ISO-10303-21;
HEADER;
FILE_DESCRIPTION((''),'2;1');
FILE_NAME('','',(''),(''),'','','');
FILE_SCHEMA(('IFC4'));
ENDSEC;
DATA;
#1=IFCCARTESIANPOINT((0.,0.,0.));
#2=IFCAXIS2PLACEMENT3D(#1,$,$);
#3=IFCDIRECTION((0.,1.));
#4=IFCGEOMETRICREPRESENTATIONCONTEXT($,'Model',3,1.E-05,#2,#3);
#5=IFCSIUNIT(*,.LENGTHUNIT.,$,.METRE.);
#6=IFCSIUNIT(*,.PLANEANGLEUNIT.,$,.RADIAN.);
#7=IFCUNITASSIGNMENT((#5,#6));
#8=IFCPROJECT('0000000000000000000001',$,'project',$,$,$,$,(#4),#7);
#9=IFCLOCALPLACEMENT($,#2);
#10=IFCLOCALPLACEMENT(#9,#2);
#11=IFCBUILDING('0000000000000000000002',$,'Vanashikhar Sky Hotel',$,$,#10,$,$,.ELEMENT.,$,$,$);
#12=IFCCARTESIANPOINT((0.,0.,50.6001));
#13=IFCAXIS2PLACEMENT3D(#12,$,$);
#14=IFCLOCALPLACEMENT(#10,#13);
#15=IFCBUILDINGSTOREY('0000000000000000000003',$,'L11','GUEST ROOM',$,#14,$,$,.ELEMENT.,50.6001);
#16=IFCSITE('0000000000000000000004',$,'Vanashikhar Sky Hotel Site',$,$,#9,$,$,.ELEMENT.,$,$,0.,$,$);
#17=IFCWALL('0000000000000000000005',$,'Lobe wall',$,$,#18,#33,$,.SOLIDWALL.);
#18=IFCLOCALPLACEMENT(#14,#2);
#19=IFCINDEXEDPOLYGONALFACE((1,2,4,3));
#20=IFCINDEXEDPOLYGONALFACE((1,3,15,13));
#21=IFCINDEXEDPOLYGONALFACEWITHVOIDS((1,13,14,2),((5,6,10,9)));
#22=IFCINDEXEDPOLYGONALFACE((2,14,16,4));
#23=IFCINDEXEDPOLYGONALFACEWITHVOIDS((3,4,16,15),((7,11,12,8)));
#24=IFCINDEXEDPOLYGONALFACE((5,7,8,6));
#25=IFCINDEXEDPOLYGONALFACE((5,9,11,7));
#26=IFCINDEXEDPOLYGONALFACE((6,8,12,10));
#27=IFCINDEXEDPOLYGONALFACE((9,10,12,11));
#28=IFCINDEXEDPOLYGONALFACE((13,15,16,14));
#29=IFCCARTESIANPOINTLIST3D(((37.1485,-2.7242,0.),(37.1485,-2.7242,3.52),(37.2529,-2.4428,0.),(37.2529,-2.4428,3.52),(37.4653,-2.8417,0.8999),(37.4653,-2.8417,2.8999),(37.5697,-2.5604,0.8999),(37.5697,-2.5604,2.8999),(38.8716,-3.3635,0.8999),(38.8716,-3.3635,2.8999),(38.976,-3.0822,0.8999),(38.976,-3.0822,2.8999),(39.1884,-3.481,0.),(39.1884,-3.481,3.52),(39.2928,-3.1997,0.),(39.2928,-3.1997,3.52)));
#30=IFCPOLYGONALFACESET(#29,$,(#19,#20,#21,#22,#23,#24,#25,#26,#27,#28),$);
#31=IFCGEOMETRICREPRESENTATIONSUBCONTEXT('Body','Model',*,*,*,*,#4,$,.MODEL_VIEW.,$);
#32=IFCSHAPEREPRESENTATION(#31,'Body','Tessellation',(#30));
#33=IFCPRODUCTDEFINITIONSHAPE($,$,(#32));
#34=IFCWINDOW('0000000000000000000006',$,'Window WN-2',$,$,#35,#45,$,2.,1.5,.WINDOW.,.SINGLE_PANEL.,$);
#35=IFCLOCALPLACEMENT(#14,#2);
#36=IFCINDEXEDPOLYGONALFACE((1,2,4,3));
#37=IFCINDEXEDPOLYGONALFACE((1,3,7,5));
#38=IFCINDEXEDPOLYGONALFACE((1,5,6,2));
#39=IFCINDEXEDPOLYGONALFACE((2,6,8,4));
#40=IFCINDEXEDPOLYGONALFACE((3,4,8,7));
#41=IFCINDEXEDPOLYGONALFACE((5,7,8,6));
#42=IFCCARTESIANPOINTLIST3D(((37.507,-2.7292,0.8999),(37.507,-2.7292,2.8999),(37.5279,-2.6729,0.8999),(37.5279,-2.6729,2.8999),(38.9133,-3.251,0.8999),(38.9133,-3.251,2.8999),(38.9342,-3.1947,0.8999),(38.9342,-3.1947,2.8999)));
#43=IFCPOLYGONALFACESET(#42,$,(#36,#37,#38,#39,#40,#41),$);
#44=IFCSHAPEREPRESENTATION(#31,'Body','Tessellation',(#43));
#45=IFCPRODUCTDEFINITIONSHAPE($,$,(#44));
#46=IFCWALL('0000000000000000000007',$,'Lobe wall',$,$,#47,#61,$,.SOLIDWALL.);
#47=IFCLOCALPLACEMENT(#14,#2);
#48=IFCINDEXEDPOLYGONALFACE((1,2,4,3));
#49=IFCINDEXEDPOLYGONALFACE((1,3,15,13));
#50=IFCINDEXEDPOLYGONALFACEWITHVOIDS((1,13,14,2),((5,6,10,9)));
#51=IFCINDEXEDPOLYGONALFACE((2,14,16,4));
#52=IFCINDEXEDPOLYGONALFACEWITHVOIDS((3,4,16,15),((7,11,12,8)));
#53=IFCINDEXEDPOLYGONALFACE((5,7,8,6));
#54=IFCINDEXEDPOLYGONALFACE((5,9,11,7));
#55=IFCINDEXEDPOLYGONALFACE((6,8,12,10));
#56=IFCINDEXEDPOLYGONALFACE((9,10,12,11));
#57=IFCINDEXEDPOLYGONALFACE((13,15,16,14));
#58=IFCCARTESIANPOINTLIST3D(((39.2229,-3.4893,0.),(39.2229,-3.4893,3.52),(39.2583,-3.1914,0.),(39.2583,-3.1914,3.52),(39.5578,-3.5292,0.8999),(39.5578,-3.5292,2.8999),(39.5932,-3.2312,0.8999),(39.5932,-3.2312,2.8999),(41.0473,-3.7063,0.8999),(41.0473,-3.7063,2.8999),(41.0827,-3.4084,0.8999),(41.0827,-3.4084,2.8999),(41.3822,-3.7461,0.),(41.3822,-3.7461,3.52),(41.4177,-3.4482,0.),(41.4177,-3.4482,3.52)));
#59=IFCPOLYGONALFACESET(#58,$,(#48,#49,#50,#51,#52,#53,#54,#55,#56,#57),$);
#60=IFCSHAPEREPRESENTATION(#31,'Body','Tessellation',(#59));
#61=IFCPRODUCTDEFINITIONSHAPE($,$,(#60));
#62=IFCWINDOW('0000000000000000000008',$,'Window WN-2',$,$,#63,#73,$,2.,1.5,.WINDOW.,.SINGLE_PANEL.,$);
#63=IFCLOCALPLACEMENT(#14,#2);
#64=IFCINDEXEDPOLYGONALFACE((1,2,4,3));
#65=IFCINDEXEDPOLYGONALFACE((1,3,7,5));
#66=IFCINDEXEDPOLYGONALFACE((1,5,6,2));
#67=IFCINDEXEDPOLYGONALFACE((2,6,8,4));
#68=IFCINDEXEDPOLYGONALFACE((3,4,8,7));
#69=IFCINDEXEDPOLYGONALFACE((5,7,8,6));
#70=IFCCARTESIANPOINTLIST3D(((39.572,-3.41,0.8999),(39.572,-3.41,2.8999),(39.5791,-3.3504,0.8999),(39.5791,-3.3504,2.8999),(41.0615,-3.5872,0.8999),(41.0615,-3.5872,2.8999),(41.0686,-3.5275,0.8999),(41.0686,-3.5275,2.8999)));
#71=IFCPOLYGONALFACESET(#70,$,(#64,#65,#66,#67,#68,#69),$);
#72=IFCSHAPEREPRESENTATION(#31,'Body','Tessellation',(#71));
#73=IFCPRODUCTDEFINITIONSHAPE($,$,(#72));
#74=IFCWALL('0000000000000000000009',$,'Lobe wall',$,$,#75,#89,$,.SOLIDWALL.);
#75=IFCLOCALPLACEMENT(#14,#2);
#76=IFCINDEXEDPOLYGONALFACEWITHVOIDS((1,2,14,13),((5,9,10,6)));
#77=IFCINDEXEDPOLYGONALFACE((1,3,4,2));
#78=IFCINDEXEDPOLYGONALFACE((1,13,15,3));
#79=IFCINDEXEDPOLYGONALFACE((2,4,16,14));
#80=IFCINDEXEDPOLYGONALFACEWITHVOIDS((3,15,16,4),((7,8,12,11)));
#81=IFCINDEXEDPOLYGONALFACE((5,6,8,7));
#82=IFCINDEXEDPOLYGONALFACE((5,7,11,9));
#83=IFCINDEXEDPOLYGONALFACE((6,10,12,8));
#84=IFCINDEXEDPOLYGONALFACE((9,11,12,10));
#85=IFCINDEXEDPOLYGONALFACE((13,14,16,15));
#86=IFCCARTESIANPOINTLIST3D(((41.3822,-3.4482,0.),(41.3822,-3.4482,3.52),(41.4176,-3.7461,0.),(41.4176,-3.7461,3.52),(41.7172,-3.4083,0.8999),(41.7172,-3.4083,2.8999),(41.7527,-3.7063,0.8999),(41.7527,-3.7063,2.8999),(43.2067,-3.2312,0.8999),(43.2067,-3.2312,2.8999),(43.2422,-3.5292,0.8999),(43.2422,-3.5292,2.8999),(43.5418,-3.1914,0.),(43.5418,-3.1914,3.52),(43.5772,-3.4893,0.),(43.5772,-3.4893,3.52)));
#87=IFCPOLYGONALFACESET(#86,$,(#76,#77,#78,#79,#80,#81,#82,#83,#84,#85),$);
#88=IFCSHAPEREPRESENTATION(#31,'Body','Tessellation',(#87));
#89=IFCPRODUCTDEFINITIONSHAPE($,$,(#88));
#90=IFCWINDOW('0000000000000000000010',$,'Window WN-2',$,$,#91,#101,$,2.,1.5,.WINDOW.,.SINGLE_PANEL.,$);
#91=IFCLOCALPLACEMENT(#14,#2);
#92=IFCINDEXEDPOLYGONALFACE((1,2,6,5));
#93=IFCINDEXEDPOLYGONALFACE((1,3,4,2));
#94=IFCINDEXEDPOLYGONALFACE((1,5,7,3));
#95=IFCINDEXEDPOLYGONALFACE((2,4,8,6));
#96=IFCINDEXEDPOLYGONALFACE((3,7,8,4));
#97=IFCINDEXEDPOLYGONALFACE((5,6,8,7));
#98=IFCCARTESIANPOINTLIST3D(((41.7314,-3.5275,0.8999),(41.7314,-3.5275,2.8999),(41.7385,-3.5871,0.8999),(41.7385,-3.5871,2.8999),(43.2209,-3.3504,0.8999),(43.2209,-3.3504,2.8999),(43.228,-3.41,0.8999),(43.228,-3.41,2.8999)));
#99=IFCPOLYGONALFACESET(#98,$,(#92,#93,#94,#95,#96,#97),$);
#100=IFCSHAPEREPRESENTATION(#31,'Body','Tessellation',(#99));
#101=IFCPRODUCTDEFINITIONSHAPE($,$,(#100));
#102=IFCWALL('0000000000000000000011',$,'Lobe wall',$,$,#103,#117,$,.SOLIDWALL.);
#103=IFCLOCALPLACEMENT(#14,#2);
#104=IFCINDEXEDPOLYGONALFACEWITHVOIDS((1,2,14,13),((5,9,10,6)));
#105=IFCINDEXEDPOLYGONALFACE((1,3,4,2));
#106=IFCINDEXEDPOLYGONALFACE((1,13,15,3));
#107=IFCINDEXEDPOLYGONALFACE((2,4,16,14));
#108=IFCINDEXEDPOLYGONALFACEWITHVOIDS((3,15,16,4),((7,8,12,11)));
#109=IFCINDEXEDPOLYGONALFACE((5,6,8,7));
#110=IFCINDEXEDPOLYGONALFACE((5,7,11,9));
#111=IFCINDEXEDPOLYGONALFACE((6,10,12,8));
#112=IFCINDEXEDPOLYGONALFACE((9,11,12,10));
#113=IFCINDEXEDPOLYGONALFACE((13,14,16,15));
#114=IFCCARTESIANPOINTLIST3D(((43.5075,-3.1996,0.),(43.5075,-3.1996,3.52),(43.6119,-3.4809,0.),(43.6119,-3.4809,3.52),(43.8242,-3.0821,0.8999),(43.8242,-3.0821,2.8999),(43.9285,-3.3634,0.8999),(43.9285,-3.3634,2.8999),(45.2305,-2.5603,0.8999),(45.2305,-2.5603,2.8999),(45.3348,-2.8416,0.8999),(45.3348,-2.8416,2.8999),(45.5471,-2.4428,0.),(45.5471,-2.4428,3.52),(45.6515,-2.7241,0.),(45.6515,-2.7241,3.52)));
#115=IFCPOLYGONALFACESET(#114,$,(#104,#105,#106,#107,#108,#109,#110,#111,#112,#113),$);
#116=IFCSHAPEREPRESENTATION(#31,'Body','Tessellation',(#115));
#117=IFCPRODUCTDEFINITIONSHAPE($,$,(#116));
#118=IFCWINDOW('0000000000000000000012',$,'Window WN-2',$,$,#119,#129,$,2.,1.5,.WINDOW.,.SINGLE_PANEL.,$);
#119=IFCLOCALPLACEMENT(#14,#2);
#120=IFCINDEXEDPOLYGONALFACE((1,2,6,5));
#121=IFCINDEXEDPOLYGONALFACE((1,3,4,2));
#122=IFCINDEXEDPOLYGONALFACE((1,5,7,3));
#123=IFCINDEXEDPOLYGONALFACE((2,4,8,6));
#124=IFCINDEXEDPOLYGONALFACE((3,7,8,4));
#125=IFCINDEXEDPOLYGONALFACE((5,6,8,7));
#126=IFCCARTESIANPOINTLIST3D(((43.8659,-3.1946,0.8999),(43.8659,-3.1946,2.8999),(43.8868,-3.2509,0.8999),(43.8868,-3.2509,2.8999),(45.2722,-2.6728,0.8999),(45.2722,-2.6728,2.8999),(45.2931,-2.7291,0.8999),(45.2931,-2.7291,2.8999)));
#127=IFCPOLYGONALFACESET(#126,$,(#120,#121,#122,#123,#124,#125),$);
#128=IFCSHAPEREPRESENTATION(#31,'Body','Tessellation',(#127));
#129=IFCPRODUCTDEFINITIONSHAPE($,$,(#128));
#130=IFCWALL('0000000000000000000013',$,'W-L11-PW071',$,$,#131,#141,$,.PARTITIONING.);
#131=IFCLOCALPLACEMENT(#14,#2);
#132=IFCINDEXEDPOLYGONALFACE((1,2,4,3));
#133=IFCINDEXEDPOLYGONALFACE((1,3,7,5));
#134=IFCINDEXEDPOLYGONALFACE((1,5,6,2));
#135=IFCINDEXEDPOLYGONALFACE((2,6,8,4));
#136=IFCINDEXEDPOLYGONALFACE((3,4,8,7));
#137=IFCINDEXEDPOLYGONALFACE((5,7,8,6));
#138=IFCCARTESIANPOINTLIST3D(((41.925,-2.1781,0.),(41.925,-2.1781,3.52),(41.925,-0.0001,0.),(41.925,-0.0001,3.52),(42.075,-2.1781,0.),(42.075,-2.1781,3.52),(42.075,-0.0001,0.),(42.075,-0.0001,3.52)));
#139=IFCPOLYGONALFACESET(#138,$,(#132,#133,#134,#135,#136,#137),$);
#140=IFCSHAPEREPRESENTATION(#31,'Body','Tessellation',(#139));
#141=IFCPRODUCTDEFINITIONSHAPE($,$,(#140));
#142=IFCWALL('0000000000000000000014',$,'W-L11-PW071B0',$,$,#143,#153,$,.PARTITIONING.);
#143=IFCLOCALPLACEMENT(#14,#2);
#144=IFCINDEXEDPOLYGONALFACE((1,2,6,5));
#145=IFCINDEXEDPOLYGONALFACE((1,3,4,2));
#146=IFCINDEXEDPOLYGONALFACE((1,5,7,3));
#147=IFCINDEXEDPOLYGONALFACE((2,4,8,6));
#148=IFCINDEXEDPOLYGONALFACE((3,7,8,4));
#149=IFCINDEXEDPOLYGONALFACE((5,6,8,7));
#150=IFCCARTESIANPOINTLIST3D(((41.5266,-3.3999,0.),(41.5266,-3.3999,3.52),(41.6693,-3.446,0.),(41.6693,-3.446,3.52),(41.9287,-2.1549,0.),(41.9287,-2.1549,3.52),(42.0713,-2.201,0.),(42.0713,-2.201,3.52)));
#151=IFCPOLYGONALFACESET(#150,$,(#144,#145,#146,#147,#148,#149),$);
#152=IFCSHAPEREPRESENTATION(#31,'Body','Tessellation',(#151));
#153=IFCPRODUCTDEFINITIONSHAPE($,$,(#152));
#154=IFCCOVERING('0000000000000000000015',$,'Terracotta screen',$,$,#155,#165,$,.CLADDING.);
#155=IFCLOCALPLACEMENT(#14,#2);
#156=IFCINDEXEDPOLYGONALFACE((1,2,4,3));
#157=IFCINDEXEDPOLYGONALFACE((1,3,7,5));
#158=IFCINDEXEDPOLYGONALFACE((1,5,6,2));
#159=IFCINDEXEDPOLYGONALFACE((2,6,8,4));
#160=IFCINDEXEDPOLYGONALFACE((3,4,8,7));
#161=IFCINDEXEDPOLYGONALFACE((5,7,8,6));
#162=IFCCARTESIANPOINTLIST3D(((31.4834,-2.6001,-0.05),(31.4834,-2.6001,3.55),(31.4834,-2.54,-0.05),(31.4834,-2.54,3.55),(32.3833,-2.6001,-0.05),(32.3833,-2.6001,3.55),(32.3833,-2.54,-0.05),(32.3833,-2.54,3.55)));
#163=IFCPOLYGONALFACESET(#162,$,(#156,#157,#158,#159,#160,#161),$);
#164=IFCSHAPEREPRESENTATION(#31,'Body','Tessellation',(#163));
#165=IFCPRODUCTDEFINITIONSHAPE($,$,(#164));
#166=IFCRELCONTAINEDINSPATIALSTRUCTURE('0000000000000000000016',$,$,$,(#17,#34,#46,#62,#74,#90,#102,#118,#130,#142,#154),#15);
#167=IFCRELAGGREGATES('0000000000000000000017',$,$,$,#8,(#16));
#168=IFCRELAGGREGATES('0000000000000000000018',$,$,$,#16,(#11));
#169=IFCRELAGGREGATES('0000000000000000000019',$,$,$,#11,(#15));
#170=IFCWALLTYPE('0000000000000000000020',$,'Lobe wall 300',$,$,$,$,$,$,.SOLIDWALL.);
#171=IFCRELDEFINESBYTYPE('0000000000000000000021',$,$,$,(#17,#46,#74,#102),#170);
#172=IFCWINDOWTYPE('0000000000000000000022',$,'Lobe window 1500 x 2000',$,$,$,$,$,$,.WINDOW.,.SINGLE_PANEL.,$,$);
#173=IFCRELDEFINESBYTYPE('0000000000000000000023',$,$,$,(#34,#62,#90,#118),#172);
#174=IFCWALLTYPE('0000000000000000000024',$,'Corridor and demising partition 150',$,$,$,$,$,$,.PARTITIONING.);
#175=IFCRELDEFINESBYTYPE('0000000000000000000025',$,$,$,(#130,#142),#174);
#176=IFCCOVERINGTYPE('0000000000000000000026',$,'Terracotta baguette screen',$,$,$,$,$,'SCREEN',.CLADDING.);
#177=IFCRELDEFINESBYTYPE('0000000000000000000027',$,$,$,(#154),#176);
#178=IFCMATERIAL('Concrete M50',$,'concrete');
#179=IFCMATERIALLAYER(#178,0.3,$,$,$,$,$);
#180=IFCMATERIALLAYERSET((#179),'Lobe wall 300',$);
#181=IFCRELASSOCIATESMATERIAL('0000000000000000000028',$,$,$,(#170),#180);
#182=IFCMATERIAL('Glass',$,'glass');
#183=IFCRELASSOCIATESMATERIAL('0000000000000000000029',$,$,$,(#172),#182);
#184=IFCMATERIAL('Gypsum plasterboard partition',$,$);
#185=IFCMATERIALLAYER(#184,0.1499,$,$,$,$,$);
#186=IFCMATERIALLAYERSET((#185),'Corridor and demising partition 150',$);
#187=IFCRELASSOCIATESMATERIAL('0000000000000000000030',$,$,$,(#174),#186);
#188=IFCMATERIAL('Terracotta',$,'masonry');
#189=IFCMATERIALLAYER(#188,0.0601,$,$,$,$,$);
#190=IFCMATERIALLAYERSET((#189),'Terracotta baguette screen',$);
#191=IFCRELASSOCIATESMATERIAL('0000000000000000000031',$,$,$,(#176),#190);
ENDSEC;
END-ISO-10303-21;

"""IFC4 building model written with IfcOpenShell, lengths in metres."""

from ifc_helpers import new_model, si_unit, direction, frame, frame_2d, origin, origin_2d, place, context, subcontext, project, spatial, rectangle, extrude, source, transform, mapped, material, layer, layer_set, type_object, element, fill, save


model = new_model("IFC4")

# Units and contexts
model_context = context("Model", 3, precision=1e-05, world=origin(), true_north=direction((0.0, 1.0)))
body_context = subcontext(model_context, "Body", "Model", "MODEL_VIEW")
ifc_project = project(units=[si_unit("LENGTHUNIT", "METRE"), si_unit("PLANEANGLEUNIT", "RADIAN")], contexts=[model_context])

# Site, building, storey
site_placement = place(None, origin())
site = spatial("IfcSite", under=ifc_project, at=site_placement, Name="Vanashikhar Sky Hotel Site", CompositionType="ELEMENT", RefElevation=0.0)
building_placement = place(site_placement, origin())
building = spatial("IfcBuilding", under=site, at=building_placement, Name="Vanashikhar Sky Hotel", CompositionType="ELEMENT")
storey_placement = place(building_placement, frame((0.0, 0.0, 50.6001)))
storey = spatial("IfcBuildingStorey", under=building, at=storey_placement, Name="L11", Description="GUEST ROOM", CompositionType="ELEMENT", Elevation=50.6001)

# Walls, openings, windows
ifc_material_1 = material(Name="Concrete M50", Category="concrete")
ifc_layer_1 = layer(ifc_material_1, 0.3)
ifc_layer_set_1 = layer_set([ifc_layer_1], Name="Lobe wall 300")
wall_type_1 = type_object("IfcWallType", Name="Lobe wall 300", PredefinedType="SOLIDWALL", material=ifc_layer_set_1)
shared_shape_1 = source(origin(), body_context, "Body", "SweptSolid", [
    extrude(rectangle(XDim=2.1758, YDim=0.3, at=frame_2d((1.0879, 0.0))), origin(), (0.0, 0.0, 1.0), 3.52),
])
wall_1_placement = place(storey_placement, frame((37.2007, -2.5835, 0.0), z_axis=(0.0, 0.0, 1.0), x_axis=(0.937546, -0.347863, 0.0)))
wall_1 = element("IfcWall", 1, at=wall_1_placement, inside=storey, type_object=wall_type_1, Name="Lobe wall", PredefinedType="SOLIDWALL", context=body_context, shape_type="MappedRepresentation", body=[
    mapped(shared_shape_1, transform((0.0, 0.0, 0.0), scale=1.0)),
])
shared_shape_2 = source(origin(), body_context, "Body", "SweptSolid", [
    extrude(rectangle(XDim=1.5, YDim=2.0, at=frame_2d((0.75, 1.0))), frame((0.0, 0.1602, 0.0), z_axis=(0.0, -1.0, 0.0), x_axis=(1.0, 0.0, 0.0)), (0.0, 0.0, 1.0), 0.3201),
])
opening_1_placement = place(wall_1_placement, frame((0.3379, 0.0, 0.8999)))
opening_1 = element("IfcOpeningElement", 2, at=opening_1_placement, cuts=wall_1, PredefinedType="OPENING", context=body_context, shape_type="MappedRepresentation", body=[
    mapped(shared_shape_2, transform((0.0, 0.0, 0.0), scale=1.0)),
])
ifc_material_2 = material(Name="Glass", Category="glass")
window_type = type_object("IfcWindowType", Name="Lobe window 1500 x 2000", PartitioningType="SINGLE_PANEL", PredefinedType="WINDOW", material=ifc_material_2)
shared_shape_3 = source(origin(), body_context, "Body", "SweptSolid", [
    extrude(rectangle(XDim=1.5, YDim=2.0, at=frame_2d((0.75, 1.0))), frame((0.0, 0.03, 0.0), z_axis=(0.0, -1.0, 0.0), x_axis=(1.0, 0.0, 0.0)), (0.0, 0.0, 1.0), 0.0601),
])
window_1_placement = place(opening_1_placement, origin())
window_1 = element("IfcWindow", 3, at=window_1_placement, inside=storey, type_object=window_type, Name="Window WN-2", OverallHeight=2.0, OverallWidth=1.5, PartitioningType="SINGLE_PANEL", PredefinedType="WINDOW", context=body_context, shape_type="MappedRepresentation", body=[
    mapped(shared_shape_3, transform((0.0, 0.0, 0.0), scale=1.0)),
])
fill(opening_1, window_1)
shared_shape_4 = source(origin(), body_context, "Body", "SweptSolid", [
    extrude(rectangle(XDim=2.1746, YDim=0.3, at=frame_2d((1.0874, 0.0))), origin(), (0.0, 0.0, 1.0), 3.52),
])
wall_2_placement = place(storey_placement, frame((39.2405, -3.3403, 0.0), z_axis=(0.0, 0.0, 1.0), x_axis=(0.993001, -0.118105, 0.0)))
wall_2 = element("IfcWall", 4, at=wall_2_placement, inside=storey, type_object=wall_type_1, Name="Lobe wall", PredefinedType="SOLIDWALL", context=body_context, shape_type="MappedRepresentation", body=[
    mapped(shared_shape_4, transform((0.0, 0.0, 0.0), scale=1.0)),
])
opening_2_placement = place(wall_2_placement, frame((0.3374, 0.0, 0.8999)))
opening_2 = element("IfcOpeningElement", 5, at=opening_2_placement, cuts=wall_2, PredefinedType="OPENING", context=body_context, shape_type="MappedRepresentation", body=[
    mapped(shared_shape_2, transform((0.0, 0.0, 0.0), scale=1.0)),
])
window_2_placement = place(opening_2_placement, origin())
window_2 = element("IfcWindow", 6, at=window_2_placement, inside=storey, type_object=window_type, Name="Window WN-2", OverallHeight=2.0, OverallWidth=1.5, PartitioningType="SINGLE_PANEL", PredefinedType="WINDOW", context=body_context, shape_type="MappedRepresentation", body=[
    mapped(shared_shape_3, transform((0.0, 0.0, 0.0), scale=1.0)),
])
fill(opening_2, window_2)
shared_shape_5 = source(origin(), body_context, "Body", "SweptSolid", [
    extrude(rectangle(XDim=2.1748, YDim=0.3, at=frame_2d((1.0874, 0.0))), origin(), (0.0, 0.0, 1.0), 3.52),
])
wall_3_placement = place(storey_placement, frame((41.3999, -3.5972, 0.0), z_axis=(0.0, 0.0, 1.0), x_axis=(0.993003, 0.118092, 0.0)))
wall_3 = element("IfcWall", 7, at=wall_3_placement, inside=storey, type_object=wall_type_1, Name="Lobe wall", PredefinedType="SOLIDWALL", context=body_context, shape_type="MappedRepresentation", body=[
    mapped(shared_shape_5, transform((0.0, 0.0, 0.0), scale=1.0)),
])
opening_3_placement = place(wall_3_placement, frame((0.3374, 0.0, 0.8999)))
opening_3 = element("IfcOpeningElement", 8, at=opening_3_placement, cuts=wall_3, PredefinedType="OPENING", context=body_context, shape_type="MappedRepresentation", body=[
    mapped(shared_shape_2, transform((0.0, 0.0, 0.0), scale=1.0)),
])
window_3_placement = place(opening_3_placement, origin())
window_3 = element("IfcWindow", 9, at=window_3_placement, inside=storey, type_object=window_type, Name="Window WN-2", OverallHeight=2.0, OverallWidth=1.5, PartitioningType="SINGLE_PANEL", PredefinedType="WINDOW", context=body_context, shape_type="MappedRepresentation", body=[
    mapped(shared_shape_3, transform((0.0, 0.0, 0.0), scale=1.0)),
])
fill(opening_3, window_3)
shared_shape_6 = source(origin(), body_context, "Body", "SweptSolid", [
    extrude(rectangle(XDim=2.1755, YDim=0.3, at=frame_2d((1.0879, 0.0))), origin(), (0.0, 0.0, 1.0), 3.52),
])
wall_4_placement = place(storey_placement, frame((43.5596, -3.3403, 0.0), z_axis=(0.0, 0.0, 1.0), x_axis=(0.937532, 0.347899, 0.0)))
wall_4 = element("IfcWall", 10, at=wall_4_placement, inside=storey, type_object=wall_type_1, Name="Lobe wall", PredefinedType="SOLIDWALL", context=body_context, shape_type="MappedRepresentation", body=[
    mapped(shared_shape_6, transform((0.0, 0.0, 0.0), scale=1.0)),
])
opening_4_placement = place(wall_4_placement, frame((0.3379, 0.0, 0.8999)))
opening_4 = element("IfcOpeningElement", 11, at=opening_4_placement, cuts=wall_4, PredefinedType="OPENING", context=body_context, shape_type="MappedRepresentation", body=[
    mapped(shared_shape_2, transform((0.0, 0.0, 0.0), scale=1.0)),
])
window_4_placement = place(opening_4_placement, origin())
window_4 = element("IfcWindow", 12, at=window_4_placement, inside=storey, type_object=window_type, Name="Window WN-2", OverallHeight=2.0, OverallWidth=1.5, PartitioningType="SINGLE_PANEL", PredefinedType="WINDOW", context=body_context, shape_type="MappedRepresentation", body=[
    mapped(shared_shape_3, transform((0.0, 0.0, 0.0), scale=1.0)),
])
fill(opening_4, window_4)

# Walls
ifc_material_3 = material(Name="Gypsum plasterboard partition")
ifc_layer_2 = layer(ifc_material_3, 0.1499)
ifc_layer_set_2 = layer_set([ifc_layer_2], Name="Corridor and demising partition 150")
wall_type_2 = type_object("IfcWallType", Name="Corridor and demising partition 150", PredefinedType="PARTITIONING", material=ifc_layer_set_2)
shared_shape_7 = source(origin(), body_context, "Body", "SweptSolid", [
    extrude(rectangle(XDim=2.178, YDim=0.1499, at=frame_2d((1.0889, 0.0))), origin(), (0.0, 0.0, 1.0), 3.52),
])
wall_5_placement = place(storey_placement, frame((42.0, -2.178, 0.0), z_axis=(0.0, 0.0, 1.0), x_axis=(0.0, 1.0, 0.0)))
element("IfcWall", 13, at=wall_5_placement, inside=storey, type_object=wall_type_2, Name="W-L11-PW071", PredefinedType="PARTITIONING", context=body_context, shape_type="MappedRepresentation", body=[
    mapped(shared_shape_7, transform((0.0, 0.0, 0.0), scale=1.0)),
])
shared_shape_8 = source(origin(), body_context, "Body", "SweptSolid", [
    extrude(rectangle(XDim=1.3083, YDim=0.1499, at=frame_2d((0.6543, 0.0))), origin(), (0.0, 0.0, 1.0), 3.52),
])
wall_6_placement = place(storey_placement, frame((41.5979, -3.4231, 0.0), z_axis=(0.0, 0.0, 1.0), x_axis=(0.307314, 0.951608, 0.0)))
element("IfcWall", 14, at=wall_6_placement, inside=storey, type_object=wall_type_2, Name="W-L11-PW071B0", PredefinedType="PARTITIONING", context=body_context, shape_type="MappedRepresentation", body=[
    mapped(shared_shape_8, transform((0.0, 0.0, 0.0), scale=1.0)),
])

# Covering
ifc_material_4 = material(Name="Terracotta", Category="masonry")
ifc_layer_3 = layer(ifc_material_4, 0.0601)
ifc_layer_set_3 = layer_set([ifc_layer_3], Name="Terracotta baguette screen")
covering_type_1 = type_object("IfcCoveringType", Name="Terracotta baguette screen", ElementType="SCREEN", PredefinedType="CLADDING", material=ifc_layer_set_3)
shared_shape_9 = source(origin(), body_context, "Body", "SweptSolid", [
    extrude(rectangle(XDim=0.8999, YDim=0.0601, at=origin_2d()), origin(), (0.0, 0.0, 1.0), 3.6001),
])
covering_placement = place(storey_placement, frame((31.9333, -2.5701, -0.05), z_axis=(0.0, 0.0, 1.0), x_axis=(1.0, 0.0, 0.0)))
element("IfcCovering", 15, at=covering_placement, inside=storey, type_object=covering_type_1, Name="Terracotta screen", PredefinedType="CLADDING", context=body_context, shape_type="MappedRepresentation", body=[
    mapped(shared_shape_9, transform((0.0, 0.0, 0.0), scale=1.0)),
])

save(model, "model.ifc")
